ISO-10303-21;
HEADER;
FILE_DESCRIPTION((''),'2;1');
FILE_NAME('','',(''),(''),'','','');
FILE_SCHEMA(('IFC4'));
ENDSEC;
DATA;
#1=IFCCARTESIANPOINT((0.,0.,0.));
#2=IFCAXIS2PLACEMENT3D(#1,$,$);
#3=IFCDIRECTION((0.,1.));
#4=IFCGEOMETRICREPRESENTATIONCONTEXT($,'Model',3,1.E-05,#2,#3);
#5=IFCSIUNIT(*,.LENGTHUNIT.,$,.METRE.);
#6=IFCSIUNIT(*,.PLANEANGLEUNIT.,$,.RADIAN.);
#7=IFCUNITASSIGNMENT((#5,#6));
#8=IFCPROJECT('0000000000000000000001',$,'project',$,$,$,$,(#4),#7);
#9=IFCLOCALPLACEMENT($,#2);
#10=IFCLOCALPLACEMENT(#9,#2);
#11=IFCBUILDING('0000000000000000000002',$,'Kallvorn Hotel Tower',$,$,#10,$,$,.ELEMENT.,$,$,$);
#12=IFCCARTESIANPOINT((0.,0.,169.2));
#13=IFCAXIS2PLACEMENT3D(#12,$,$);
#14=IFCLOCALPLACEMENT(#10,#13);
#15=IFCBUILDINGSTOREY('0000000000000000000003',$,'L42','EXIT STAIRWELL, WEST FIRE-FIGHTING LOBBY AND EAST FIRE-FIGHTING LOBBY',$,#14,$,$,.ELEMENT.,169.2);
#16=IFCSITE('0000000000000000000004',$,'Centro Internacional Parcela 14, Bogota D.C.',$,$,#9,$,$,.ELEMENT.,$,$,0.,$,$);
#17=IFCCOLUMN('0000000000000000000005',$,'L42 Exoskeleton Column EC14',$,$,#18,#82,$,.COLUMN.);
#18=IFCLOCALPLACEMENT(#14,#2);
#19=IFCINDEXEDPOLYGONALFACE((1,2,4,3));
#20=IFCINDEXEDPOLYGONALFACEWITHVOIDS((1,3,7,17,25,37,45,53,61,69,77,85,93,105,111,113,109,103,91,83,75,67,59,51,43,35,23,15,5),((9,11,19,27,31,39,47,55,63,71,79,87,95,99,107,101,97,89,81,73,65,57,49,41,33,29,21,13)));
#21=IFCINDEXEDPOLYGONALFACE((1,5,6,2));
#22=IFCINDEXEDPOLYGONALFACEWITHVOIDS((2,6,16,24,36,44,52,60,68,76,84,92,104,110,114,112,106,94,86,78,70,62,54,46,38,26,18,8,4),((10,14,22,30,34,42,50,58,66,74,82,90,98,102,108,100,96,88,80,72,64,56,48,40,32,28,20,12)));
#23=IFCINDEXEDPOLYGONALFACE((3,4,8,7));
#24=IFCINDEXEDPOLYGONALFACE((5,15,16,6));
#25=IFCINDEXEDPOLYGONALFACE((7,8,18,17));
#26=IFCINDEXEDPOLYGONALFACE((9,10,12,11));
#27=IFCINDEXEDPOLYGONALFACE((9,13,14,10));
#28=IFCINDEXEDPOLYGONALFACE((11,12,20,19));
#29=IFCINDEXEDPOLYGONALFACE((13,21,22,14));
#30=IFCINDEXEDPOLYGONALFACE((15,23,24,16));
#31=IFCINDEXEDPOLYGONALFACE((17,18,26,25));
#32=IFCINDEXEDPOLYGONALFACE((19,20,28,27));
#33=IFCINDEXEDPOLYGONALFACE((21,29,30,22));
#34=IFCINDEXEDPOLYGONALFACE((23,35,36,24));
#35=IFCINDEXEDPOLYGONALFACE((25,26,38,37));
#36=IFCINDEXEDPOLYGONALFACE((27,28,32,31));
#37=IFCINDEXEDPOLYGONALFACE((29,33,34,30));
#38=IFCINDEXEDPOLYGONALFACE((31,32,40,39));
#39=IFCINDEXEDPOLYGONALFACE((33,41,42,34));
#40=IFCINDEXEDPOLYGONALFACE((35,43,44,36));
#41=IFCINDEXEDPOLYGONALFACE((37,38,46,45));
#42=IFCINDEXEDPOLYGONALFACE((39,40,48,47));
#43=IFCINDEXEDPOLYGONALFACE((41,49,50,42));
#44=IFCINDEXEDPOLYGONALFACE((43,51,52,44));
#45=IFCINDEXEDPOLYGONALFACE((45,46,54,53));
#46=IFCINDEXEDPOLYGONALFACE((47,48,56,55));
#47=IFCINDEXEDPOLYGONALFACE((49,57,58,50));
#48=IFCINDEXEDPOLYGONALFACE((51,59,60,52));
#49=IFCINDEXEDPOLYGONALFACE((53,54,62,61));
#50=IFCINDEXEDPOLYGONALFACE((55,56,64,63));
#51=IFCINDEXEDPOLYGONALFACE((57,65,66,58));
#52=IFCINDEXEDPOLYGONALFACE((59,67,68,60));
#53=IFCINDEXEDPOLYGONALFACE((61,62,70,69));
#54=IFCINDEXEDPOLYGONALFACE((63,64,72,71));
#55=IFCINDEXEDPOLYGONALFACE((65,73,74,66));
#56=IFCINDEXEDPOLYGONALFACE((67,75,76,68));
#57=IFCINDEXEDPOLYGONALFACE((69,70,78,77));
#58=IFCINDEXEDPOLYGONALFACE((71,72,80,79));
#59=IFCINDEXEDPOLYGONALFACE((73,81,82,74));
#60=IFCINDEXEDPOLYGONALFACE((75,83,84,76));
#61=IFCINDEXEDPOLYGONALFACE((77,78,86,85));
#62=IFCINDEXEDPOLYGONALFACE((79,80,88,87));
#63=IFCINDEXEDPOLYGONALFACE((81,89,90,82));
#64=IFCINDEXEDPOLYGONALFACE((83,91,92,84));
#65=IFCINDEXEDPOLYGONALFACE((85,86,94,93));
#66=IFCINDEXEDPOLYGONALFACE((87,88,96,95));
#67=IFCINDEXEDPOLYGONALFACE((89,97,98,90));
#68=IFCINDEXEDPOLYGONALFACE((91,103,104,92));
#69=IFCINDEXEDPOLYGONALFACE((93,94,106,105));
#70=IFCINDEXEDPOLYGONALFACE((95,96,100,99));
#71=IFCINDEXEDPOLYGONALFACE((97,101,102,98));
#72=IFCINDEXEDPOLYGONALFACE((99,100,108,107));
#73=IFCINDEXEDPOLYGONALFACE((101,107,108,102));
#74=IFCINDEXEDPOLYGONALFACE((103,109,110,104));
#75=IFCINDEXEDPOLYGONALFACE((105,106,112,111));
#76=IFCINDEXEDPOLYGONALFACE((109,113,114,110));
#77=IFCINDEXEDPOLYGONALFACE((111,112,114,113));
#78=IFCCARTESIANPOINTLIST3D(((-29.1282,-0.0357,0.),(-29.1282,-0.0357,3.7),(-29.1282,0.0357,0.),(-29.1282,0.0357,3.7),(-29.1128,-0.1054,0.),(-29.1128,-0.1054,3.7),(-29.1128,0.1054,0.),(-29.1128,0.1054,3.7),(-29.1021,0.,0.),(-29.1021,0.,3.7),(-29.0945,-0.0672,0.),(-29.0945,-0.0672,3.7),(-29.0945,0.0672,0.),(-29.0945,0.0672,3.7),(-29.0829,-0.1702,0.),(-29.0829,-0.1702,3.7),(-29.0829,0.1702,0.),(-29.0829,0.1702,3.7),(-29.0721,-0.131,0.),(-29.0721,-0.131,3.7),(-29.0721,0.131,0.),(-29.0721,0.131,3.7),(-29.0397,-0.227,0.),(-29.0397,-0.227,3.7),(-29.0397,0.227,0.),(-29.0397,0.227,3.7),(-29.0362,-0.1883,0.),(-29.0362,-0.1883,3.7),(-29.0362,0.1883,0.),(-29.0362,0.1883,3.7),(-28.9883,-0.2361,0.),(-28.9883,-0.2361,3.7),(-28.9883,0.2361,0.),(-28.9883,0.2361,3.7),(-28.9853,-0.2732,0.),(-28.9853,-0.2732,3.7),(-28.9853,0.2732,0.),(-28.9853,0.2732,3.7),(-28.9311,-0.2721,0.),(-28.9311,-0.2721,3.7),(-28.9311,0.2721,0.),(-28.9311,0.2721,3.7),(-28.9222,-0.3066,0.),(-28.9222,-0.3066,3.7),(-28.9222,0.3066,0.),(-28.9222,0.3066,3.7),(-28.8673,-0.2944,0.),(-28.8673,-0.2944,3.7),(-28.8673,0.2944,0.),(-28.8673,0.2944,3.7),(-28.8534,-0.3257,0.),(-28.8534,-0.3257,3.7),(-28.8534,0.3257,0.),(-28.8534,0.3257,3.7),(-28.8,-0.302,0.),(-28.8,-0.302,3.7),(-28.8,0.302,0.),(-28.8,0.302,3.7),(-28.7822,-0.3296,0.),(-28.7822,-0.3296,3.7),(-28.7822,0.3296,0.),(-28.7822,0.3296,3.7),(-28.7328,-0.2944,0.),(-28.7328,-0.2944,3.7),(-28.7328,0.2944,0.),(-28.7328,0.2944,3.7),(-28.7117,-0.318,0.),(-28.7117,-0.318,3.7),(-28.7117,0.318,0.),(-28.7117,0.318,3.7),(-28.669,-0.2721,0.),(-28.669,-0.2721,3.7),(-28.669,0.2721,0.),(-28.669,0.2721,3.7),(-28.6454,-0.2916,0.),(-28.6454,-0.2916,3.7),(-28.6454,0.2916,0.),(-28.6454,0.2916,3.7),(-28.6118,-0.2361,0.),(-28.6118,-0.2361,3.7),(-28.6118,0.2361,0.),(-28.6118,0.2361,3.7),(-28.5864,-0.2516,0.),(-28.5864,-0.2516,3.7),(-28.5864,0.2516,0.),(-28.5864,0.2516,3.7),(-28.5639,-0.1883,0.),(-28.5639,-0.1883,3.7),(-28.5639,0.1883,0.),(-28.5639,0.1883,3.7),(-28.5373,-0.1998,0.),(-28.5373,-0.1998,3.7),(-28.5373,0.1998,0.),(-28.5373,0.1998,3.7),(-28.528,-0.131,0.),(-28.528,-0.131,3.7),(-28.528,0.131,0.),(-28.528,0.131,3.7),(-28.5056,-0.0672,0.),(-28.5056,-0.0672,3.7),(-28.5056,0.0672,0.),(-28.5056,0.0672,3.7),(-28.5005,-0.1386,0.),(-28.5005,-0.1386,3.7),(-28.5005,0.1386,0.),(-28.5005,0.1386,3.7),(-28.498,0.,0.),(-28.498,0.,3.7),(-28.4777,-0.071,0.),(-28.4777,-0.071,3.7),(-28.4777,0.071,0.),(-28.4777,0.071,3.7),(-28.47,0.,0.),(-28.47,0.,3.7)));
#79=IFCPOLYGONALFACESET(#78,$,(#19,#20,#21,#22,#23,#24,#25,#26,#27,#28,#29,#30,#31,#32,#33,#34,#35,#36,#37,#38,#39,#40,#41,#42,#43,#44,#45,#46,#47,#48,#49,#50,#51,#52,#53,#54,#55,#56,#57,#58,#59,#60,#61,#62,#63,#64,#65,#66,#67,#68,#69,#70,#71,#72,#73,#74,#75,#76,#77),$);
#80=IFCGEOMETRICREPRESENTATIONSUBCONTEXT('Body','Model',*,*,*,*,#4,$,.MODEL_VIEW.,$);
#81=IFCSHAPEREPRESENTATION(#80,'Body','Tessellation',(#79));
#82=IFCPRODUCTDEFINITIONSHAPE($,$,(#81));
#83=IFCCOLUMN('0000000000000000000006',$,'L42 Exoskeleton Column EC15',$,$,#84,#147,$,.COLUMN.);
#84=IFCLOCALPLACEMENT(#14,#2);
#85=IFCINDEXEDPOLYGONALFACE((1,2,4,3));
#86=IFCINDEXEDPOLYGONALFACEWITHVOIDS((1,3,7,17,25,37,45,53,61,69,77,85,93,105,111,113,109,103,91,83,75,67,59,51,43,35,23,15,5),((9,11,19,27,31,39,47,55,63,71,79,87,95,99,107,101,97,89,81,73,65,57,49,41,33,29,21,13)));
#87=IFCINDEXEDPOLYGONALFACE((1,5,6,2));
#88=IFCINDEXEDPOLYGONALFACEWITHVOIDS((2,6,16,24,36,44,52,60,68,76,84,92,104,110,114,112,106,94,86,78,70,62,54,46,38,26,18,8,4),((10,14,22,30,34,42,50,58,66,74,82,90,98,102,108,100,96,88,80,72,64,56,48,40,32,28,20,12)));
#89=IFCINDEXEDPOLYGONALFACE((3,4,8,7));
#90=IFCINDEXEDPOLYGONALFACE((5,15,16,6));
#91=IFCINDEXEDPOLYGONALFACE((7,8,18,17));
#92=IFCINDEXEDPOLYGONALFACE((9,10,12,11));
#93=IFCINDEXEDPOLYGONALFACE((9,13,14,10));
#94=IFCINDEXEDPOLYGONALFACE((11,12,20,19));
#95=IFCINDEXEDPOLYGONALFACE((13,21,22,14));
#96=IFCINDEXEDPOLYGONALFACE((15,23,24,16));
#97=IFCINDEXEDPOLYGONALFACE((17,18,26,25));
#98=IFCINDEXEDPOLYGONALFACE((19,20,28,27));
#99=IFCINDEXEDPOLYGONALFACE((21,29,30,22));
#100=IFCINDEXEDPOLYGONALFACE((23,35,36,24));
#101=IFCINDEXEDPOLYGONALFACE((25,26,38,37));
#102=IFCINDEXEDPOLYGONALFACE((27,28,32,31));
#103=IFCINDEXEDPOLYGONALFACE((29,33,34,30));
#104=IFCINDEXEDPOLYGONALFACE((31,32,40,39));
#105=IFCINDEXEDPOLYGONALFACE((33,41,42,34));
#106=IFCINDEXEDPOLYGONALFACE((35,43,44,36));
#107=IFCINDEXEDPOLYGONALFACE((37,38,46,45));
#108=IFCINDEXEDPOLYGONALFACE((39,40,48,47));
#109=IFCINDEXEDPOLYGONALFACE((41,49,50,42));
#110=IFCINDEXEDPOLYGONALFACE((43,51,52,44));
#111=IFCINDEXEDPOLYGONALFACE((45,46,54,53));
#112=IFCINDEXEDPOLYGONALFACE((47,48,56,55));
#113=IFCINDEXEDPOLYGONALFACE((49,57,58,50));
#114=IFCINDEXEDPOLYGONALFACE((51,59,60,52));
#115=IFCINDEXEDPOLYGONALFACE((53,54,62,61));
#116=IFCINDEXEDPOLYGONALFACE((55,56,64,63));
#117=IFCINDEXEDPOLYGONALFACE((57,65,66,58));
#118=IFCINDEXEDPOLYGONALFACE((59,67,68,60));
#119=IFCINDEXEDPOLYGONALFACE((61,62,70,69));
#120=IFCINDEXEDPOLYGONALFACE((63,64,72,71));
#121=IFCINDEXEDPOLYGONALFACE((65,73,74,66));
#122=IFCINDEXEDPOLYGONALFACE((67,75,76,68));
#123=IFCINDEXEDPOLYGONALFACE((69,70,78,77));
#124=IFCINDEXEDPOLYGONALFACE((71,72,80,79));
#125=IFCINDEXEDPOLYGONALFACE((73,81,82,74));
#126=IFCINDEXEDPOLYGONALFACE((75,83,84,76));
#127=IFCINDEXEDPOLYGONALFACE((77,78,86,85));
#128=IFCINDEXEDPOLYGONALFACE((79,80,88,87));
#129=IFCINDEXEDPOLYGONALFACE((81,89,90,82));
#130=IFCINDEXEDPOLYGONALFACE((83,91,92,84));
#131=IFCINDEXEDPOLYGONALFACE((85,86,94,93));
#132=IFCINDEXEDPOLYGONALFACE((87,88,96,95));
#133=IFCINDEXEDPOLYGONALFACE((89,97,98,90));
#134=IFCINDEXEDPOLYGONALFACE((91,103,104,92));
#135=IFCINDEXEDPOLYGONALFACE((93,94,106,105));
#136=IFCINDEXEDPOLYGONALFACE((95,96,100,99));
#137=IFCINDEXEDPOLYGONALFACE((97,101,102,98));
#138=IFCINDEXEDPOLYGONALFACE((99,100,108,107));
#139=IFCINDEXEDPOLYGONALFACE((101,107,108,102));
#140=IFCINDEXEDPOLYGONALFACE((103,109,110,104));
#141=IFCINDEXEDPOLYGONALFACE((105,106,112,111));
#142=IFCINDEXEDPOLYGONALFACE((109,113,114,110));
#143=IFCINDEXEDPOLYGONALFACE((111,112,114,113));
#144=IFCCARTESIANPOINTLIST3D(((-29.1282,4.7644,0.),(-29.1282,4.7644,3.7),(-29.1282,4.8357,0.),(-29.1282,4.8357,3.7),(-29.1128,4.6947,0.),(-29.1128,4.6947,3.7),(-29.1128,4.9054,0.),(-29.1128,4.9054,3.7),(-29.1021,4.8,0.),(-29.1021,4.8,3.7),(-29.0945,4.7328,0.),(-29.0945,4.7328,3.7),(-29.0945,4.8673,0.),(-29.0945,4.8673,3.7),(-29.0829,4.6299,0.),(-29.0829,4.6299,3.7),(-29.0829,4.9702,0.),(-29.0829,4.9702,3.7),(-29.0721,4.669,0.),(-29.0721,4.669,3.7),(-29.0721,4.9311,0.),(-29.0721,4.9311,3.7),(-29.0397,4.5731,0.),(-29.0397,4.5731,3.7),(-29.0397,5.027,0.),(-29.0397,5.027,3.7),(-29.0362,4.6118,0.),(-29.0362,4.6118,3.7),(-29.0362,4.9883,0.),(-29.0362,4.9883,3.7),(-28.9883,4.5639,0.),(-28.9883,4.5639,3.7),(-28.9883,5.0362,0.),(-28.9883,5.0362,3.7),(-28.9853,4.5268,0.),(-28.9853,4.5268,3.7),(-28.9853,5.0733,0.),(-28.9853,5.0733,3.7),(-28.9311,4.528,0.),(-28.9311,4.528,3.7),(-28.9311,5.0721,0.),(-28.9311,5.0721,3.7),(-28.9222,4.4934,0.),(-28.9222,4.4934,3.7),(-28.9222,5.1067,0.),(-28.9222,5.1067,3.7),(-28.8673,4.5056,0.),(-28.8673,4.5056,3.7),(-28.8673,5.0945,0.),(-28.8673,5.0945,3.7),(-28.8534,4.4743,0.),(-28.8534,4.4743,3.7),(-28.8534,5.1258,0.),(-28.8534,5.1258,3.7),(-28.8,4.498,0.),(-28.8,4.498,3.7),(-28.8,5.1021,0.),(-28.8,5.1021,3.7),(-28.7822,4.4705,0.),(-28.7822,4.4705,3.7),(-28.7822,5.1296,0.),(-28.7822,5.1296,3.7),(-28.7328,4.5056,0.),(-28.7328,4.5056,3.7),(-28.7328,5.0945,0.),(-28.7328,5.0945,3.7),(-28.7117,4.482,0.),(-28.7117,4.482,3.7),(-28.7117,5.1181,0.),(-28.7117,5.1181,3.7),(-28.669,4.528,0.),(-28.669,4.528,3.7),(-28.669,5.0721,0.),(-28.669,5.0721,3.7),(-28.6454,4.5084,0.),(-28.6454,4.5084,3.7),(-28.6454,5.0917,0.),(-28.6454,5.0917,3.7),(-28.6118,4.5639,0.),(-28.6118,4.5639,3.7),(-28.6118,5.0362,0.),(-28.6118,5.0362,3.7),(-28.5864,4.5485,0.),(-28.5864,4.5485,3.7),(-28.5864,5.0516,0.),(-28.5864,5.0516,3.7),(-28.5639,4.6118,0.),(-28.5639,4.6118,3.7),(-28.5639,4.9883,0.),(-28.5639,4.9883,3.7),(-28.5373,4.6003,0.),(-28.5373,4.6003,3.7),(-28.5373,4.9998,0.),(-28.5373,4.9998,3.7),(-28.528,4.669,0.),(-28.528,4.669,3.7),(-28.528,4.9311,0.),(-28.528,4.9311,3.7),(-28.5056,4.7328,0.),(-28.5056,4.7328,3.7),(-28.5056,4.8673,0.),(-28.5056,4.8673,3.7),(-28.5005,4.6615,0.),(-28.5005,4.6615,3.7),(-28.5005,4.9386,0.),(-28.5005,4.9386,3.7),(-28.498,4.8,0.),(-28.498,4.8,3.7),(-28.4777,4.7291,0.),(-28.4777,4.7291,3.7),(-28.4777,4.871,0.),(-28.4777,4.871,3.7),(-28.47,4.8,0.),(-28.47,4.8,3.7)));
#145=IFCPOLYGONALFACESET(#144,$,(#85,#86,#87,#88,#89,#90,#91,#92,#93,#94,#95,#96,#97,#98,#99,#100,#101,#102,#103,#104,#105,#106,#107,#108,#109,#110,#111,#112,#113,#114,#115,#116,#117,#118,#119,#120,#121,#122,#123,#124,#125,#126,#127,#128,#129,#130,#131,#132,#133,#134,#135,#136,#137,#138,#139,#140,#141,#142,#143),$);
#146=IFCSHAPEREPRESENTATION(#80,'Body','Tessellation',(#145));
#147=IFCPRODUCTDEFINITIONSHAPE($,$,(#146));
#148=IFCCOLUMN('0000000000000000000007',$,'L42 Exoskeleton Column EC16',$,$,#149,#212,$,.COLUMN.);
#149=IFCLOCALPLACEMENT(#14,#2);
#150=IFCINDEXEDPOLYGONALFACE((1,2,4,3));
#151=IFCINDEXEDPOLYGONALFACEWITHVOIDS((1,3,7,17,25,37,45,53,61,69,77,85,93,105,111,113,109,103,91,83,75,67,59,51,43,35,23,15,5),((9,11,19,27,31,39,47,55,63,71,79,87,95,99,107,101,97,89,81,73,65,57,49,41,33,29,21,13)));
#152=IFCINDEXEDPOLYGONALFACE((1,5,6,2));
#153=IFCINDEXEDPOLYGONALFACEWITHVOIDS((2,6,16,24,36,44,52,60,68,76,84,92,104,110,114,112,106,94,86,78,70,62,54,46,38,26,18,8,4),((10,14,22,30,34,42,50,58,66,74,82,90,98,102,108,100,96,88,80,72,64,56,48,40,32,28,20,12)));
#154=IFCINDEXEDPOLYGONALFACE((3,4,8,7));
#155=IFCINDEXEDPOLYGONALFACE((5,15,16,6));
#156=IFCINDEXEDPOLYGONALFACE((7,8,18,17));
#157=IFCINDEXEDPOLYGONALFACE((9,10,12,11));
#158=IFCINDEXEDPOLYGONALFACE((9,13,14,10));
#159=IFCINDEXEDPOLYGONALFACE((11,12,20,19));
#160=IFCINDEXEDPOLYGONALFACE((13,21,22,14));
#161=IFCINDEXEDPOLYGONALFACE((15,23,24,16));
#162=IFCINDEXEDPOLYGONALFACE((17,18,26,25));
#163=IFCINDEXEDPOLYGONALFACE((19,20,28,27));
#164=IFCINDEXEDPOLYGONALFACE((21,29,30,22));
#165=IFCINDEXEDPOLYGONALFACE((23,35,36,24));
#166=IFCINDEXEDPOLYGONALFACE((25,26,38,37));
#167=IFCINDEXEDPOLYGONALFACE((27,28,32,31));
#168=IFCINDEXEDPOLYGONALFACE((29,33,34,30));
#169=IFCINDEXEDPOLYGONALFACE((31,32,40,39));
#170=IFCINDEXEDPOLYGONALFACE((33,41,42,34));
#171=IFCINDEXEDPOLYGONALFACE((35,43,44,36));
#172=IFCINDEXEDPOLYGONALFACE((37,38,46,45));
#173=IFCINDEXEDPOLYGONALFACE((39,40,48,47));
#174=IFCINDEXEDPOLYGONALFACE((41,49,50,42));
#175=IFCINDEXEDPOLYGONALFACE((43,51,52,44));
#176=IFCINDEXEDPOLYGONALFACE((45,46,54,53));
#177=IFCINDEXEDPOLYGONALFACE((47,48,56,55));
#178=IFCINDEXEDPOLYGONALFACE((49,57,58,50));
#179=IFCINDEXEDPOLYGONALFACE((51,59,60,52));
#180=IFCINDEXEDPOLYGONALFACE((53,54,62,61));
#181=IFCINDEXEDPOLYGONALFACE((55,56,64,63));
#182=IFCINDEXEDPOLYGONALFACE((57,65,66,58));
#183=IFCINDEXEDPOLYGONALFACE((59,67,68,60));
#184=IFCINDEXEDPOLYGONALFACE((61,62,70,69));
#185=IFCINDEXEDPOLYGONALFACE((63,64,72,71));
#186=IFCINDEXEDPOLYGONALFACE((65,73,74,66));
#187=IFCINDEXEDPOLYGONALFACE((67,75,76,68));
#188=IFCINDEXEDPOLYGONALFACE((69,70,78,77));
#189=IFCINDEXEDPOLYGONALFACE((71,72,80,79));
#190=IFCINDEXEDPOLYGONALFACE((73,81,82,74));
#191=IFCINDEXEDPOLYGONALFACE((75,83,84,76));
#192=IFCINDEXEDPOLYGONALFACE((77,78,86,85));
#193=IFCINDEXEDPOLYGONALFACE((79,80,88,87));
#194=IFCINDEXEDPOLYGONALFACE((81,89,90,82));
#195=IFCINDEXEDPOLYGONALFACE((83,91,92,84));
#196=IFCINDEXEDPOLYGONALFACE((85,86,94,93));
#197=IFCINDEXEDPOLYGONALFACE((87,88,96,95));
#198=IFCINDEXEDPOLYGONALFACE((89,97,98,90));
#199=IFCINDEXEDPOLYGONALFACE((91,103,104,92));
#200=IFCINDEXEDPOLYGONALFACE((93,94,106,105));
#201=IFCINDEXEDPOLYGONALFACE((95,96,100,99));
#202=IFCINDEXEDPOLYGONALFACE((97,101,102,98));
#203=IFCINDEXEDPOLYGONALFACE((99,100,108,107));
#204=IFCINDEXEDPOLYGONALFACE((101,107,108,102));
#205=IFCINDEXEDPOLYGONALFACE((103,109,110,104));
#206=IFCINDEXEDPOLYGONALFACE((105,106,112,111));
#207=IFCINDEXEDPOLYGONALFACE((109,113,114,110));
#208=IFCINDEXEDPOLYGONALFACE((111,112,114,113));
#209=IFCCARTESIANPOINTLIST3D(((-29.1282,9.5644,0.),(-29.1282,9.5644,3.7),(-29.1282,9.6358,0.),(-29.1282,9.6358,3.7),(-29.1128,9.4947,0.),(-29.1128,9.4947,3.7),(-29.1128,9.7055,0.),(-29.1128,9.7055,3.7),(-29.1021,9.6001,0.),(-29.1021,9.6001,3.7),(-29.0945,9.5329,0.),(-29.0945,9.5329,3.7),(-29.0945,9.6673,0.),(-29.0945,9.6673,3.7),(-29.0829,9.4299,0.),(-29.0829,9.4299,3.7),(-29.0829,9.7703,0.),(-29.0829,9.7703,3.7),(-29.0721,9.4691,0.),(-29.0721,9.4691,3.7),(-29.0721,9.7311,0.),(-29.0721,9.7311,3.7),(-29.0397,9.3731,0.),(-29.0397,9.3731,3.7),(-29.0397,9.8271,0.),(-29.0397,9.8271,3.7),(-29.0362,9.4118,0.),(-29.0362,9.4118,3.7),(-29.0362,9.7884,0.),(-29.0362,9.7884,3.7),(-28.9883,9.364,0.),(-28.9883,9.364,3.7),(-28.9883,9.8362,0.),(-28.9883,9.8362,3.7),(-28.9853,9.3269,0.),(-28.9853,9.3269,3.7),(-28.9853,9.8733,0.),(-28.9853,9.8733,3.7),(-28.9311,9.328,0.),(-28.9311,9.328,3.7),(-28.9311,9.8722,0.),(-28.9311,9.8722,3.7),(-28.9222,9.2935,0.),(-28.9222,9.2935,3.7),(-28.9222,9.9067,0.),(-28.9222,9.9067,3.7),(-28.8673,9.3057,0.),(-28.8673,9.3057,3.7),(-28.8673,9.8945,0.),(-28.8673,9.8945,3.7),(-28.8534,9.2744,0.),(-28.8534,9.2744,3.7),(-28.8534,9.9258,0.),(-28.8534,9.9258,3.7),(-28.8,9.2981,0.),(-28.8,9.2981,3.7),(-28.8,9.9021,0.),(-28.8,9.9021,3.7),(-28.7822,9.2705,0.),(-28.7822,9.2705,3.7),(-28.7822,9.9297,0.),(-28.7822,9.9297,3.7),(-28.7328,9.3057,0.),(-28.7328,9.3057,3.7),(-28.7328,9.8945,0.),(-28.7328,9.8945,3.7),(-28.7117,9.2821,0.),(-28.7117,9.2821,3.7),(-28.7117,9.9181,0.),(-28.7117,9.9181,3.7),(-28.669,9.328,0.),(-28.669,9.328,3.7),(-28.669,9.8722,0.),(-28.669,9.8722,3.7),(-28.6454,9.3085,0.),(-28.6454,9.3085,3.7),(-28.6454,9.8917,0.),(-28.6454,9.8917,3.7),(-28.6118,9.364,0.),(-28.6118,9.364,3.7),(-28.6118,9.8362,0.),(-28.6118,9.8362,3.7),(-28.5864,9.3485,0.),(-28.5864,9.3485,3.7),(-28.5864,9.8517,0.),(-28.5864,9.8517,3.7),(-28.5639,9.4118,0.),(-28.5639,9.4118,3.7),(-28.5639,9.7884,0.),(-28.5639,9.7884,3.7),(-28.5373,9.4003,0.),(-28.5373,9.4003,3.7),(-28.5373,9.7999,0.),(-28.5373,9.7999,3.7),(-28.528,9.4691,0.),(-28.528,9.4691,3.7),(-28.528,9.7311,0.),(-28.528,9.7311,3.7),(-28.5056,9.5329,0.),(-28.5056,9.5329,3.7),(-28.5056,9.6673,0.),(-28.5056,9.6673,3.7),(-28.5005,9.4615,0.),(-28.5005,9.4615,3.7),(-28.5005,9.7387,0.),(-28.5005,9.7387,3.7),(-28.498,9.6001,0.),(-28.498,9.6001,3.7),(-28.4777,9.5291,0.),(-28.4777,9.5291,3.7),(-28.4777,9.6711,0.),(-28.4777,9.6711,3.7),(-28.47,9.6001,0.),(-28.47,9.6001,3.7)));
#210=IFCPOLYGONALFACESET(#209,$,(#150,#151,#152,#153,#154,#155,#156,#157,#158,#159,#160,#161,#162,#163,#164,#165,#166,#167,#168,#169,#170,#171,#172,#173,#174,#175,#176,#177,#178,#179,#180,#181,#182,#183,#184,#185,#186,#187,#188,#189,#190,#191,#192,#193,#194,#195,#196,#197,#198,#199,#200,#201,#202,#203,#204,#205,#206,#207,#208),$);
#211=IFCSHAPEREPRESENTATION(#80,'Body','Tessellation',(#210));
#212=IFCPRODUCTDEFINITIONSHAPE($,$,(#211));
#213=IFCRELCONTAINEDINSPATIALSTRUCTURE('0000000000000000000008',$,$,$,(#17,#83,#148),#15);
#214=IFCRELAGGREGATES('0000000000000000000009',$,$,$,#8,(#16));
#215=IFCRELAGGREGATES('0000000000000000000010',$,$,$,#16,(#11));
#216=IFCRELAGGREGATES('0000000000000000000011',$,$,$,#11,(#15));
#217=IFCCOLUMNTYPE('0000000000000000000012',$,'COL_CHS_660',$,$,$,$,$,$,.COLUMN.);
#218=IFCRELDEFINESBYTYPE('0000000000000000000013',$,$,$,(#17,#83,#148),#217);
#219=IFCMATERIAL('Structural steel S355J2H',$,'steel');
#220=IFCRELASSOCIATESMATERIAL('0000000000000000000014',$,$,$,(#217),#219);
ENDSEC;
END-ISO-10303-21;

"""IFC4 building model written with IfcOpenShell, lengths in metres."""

from ifc_helpers import new_model, si_unit, direction, frame, origin, origin_2d, place, context, subcontext, project, spatial, hollow_circle, extrude, material, material_profile, profile_set, type_object, element, save


model = new_model("IFC4")

# Units and contexts
model_context = context("Model", 3, precision=1e-05, world=origin(), true_north=direction((0.0, 1.0)))
body_context = subcontext(model_context, "Body", "Model", "MODEL_VIEW")
ifc_project = project(units=[si_unit("LENGTHUNIT", "METRE"), si_unit("PLANEANGLEUNIT", "RADIAN")], contexts=[model_context])

# Site, building, storey
site_placement = place(None, origin())
site = spatial("IfcSite", under=ifc_project, at=site_placement, Name="Centro Internacional Parcela 14, Bogota D.C.", CompositionType="ELEMENT", RefElevation=0.0)
building_placement = place(site_placement, origin())
building = spatial("IfcBuilding", under=site, at=building_placement, Name="Kallvorn Hotel Tower", CompositionType="ELEMENT")
storey_placement = place(building_placement, frame((0.0, 0.0, 169.2)))
storey = spatial("IfcBuildingStorey", under=building, at=storey_placement, Name="L42", Description="EXIT STAIRWELL, WEST FIRE-FIGHTING LOBBY AND EAST FIRE-FIGHTING LOBBY", CompositionType="ELEMENT", Elevation=169.2)

# Columns
ifc_material_1 = material(Name="Structural steel S355J2H", Category="steel")
ifc_material_profile_1 = material_profile(ifc_material_1, hollow_circle(Radius=0.3301, WallThickness=0.0281, at=origin_2d()), Name="CHS 660x28")
ifc_profile_set_1 = profile_set([ifc_material_profile_1], Name="Structural steel S355J2H")
column_type_1 = type_object("IfcColumnType", Name="COL_CHS_660", PredefinedType="COLUMN", material=ifc_profile_set_1)
for number, where, z_axis, x_axis, name in (
    (1, (-28.8, 0.0, 0.0), (0.0, 0.0, 1.0), (1.0, 0.0, 0.0), "L42 Exoskeleton Column EC14"),
    (2, (-28.8, 4.8, 0.0), (0.0, 0.0, 1.0), (1.0, 0.0, 0.0), "L42 Exoskeleton Column EC15"),
    (3, (-28.8, 9.6001, 0.0), (0.0, 0.0, 1.0), (1.0, 0.0, 0.0), "L42 Exoskeleton Column EC16"),
):
    element("IfcColumn", number, at=place(storey_placement, frame(where, z_axis=z_axis, x_axis=x_axis)), inside=storey, type_object=column_type_1, Name=name, PredefinedType="COLUMN", context=body_context, shape_type="SweptSolid", body=[
        extrude(hollow_circle(Radius=0.3301, WallThickness=0.0281, at=origin_2d()), origin(), (0.0, 0.0, 1.0), 3.7),
    ])

save(model, "model.ifc")
